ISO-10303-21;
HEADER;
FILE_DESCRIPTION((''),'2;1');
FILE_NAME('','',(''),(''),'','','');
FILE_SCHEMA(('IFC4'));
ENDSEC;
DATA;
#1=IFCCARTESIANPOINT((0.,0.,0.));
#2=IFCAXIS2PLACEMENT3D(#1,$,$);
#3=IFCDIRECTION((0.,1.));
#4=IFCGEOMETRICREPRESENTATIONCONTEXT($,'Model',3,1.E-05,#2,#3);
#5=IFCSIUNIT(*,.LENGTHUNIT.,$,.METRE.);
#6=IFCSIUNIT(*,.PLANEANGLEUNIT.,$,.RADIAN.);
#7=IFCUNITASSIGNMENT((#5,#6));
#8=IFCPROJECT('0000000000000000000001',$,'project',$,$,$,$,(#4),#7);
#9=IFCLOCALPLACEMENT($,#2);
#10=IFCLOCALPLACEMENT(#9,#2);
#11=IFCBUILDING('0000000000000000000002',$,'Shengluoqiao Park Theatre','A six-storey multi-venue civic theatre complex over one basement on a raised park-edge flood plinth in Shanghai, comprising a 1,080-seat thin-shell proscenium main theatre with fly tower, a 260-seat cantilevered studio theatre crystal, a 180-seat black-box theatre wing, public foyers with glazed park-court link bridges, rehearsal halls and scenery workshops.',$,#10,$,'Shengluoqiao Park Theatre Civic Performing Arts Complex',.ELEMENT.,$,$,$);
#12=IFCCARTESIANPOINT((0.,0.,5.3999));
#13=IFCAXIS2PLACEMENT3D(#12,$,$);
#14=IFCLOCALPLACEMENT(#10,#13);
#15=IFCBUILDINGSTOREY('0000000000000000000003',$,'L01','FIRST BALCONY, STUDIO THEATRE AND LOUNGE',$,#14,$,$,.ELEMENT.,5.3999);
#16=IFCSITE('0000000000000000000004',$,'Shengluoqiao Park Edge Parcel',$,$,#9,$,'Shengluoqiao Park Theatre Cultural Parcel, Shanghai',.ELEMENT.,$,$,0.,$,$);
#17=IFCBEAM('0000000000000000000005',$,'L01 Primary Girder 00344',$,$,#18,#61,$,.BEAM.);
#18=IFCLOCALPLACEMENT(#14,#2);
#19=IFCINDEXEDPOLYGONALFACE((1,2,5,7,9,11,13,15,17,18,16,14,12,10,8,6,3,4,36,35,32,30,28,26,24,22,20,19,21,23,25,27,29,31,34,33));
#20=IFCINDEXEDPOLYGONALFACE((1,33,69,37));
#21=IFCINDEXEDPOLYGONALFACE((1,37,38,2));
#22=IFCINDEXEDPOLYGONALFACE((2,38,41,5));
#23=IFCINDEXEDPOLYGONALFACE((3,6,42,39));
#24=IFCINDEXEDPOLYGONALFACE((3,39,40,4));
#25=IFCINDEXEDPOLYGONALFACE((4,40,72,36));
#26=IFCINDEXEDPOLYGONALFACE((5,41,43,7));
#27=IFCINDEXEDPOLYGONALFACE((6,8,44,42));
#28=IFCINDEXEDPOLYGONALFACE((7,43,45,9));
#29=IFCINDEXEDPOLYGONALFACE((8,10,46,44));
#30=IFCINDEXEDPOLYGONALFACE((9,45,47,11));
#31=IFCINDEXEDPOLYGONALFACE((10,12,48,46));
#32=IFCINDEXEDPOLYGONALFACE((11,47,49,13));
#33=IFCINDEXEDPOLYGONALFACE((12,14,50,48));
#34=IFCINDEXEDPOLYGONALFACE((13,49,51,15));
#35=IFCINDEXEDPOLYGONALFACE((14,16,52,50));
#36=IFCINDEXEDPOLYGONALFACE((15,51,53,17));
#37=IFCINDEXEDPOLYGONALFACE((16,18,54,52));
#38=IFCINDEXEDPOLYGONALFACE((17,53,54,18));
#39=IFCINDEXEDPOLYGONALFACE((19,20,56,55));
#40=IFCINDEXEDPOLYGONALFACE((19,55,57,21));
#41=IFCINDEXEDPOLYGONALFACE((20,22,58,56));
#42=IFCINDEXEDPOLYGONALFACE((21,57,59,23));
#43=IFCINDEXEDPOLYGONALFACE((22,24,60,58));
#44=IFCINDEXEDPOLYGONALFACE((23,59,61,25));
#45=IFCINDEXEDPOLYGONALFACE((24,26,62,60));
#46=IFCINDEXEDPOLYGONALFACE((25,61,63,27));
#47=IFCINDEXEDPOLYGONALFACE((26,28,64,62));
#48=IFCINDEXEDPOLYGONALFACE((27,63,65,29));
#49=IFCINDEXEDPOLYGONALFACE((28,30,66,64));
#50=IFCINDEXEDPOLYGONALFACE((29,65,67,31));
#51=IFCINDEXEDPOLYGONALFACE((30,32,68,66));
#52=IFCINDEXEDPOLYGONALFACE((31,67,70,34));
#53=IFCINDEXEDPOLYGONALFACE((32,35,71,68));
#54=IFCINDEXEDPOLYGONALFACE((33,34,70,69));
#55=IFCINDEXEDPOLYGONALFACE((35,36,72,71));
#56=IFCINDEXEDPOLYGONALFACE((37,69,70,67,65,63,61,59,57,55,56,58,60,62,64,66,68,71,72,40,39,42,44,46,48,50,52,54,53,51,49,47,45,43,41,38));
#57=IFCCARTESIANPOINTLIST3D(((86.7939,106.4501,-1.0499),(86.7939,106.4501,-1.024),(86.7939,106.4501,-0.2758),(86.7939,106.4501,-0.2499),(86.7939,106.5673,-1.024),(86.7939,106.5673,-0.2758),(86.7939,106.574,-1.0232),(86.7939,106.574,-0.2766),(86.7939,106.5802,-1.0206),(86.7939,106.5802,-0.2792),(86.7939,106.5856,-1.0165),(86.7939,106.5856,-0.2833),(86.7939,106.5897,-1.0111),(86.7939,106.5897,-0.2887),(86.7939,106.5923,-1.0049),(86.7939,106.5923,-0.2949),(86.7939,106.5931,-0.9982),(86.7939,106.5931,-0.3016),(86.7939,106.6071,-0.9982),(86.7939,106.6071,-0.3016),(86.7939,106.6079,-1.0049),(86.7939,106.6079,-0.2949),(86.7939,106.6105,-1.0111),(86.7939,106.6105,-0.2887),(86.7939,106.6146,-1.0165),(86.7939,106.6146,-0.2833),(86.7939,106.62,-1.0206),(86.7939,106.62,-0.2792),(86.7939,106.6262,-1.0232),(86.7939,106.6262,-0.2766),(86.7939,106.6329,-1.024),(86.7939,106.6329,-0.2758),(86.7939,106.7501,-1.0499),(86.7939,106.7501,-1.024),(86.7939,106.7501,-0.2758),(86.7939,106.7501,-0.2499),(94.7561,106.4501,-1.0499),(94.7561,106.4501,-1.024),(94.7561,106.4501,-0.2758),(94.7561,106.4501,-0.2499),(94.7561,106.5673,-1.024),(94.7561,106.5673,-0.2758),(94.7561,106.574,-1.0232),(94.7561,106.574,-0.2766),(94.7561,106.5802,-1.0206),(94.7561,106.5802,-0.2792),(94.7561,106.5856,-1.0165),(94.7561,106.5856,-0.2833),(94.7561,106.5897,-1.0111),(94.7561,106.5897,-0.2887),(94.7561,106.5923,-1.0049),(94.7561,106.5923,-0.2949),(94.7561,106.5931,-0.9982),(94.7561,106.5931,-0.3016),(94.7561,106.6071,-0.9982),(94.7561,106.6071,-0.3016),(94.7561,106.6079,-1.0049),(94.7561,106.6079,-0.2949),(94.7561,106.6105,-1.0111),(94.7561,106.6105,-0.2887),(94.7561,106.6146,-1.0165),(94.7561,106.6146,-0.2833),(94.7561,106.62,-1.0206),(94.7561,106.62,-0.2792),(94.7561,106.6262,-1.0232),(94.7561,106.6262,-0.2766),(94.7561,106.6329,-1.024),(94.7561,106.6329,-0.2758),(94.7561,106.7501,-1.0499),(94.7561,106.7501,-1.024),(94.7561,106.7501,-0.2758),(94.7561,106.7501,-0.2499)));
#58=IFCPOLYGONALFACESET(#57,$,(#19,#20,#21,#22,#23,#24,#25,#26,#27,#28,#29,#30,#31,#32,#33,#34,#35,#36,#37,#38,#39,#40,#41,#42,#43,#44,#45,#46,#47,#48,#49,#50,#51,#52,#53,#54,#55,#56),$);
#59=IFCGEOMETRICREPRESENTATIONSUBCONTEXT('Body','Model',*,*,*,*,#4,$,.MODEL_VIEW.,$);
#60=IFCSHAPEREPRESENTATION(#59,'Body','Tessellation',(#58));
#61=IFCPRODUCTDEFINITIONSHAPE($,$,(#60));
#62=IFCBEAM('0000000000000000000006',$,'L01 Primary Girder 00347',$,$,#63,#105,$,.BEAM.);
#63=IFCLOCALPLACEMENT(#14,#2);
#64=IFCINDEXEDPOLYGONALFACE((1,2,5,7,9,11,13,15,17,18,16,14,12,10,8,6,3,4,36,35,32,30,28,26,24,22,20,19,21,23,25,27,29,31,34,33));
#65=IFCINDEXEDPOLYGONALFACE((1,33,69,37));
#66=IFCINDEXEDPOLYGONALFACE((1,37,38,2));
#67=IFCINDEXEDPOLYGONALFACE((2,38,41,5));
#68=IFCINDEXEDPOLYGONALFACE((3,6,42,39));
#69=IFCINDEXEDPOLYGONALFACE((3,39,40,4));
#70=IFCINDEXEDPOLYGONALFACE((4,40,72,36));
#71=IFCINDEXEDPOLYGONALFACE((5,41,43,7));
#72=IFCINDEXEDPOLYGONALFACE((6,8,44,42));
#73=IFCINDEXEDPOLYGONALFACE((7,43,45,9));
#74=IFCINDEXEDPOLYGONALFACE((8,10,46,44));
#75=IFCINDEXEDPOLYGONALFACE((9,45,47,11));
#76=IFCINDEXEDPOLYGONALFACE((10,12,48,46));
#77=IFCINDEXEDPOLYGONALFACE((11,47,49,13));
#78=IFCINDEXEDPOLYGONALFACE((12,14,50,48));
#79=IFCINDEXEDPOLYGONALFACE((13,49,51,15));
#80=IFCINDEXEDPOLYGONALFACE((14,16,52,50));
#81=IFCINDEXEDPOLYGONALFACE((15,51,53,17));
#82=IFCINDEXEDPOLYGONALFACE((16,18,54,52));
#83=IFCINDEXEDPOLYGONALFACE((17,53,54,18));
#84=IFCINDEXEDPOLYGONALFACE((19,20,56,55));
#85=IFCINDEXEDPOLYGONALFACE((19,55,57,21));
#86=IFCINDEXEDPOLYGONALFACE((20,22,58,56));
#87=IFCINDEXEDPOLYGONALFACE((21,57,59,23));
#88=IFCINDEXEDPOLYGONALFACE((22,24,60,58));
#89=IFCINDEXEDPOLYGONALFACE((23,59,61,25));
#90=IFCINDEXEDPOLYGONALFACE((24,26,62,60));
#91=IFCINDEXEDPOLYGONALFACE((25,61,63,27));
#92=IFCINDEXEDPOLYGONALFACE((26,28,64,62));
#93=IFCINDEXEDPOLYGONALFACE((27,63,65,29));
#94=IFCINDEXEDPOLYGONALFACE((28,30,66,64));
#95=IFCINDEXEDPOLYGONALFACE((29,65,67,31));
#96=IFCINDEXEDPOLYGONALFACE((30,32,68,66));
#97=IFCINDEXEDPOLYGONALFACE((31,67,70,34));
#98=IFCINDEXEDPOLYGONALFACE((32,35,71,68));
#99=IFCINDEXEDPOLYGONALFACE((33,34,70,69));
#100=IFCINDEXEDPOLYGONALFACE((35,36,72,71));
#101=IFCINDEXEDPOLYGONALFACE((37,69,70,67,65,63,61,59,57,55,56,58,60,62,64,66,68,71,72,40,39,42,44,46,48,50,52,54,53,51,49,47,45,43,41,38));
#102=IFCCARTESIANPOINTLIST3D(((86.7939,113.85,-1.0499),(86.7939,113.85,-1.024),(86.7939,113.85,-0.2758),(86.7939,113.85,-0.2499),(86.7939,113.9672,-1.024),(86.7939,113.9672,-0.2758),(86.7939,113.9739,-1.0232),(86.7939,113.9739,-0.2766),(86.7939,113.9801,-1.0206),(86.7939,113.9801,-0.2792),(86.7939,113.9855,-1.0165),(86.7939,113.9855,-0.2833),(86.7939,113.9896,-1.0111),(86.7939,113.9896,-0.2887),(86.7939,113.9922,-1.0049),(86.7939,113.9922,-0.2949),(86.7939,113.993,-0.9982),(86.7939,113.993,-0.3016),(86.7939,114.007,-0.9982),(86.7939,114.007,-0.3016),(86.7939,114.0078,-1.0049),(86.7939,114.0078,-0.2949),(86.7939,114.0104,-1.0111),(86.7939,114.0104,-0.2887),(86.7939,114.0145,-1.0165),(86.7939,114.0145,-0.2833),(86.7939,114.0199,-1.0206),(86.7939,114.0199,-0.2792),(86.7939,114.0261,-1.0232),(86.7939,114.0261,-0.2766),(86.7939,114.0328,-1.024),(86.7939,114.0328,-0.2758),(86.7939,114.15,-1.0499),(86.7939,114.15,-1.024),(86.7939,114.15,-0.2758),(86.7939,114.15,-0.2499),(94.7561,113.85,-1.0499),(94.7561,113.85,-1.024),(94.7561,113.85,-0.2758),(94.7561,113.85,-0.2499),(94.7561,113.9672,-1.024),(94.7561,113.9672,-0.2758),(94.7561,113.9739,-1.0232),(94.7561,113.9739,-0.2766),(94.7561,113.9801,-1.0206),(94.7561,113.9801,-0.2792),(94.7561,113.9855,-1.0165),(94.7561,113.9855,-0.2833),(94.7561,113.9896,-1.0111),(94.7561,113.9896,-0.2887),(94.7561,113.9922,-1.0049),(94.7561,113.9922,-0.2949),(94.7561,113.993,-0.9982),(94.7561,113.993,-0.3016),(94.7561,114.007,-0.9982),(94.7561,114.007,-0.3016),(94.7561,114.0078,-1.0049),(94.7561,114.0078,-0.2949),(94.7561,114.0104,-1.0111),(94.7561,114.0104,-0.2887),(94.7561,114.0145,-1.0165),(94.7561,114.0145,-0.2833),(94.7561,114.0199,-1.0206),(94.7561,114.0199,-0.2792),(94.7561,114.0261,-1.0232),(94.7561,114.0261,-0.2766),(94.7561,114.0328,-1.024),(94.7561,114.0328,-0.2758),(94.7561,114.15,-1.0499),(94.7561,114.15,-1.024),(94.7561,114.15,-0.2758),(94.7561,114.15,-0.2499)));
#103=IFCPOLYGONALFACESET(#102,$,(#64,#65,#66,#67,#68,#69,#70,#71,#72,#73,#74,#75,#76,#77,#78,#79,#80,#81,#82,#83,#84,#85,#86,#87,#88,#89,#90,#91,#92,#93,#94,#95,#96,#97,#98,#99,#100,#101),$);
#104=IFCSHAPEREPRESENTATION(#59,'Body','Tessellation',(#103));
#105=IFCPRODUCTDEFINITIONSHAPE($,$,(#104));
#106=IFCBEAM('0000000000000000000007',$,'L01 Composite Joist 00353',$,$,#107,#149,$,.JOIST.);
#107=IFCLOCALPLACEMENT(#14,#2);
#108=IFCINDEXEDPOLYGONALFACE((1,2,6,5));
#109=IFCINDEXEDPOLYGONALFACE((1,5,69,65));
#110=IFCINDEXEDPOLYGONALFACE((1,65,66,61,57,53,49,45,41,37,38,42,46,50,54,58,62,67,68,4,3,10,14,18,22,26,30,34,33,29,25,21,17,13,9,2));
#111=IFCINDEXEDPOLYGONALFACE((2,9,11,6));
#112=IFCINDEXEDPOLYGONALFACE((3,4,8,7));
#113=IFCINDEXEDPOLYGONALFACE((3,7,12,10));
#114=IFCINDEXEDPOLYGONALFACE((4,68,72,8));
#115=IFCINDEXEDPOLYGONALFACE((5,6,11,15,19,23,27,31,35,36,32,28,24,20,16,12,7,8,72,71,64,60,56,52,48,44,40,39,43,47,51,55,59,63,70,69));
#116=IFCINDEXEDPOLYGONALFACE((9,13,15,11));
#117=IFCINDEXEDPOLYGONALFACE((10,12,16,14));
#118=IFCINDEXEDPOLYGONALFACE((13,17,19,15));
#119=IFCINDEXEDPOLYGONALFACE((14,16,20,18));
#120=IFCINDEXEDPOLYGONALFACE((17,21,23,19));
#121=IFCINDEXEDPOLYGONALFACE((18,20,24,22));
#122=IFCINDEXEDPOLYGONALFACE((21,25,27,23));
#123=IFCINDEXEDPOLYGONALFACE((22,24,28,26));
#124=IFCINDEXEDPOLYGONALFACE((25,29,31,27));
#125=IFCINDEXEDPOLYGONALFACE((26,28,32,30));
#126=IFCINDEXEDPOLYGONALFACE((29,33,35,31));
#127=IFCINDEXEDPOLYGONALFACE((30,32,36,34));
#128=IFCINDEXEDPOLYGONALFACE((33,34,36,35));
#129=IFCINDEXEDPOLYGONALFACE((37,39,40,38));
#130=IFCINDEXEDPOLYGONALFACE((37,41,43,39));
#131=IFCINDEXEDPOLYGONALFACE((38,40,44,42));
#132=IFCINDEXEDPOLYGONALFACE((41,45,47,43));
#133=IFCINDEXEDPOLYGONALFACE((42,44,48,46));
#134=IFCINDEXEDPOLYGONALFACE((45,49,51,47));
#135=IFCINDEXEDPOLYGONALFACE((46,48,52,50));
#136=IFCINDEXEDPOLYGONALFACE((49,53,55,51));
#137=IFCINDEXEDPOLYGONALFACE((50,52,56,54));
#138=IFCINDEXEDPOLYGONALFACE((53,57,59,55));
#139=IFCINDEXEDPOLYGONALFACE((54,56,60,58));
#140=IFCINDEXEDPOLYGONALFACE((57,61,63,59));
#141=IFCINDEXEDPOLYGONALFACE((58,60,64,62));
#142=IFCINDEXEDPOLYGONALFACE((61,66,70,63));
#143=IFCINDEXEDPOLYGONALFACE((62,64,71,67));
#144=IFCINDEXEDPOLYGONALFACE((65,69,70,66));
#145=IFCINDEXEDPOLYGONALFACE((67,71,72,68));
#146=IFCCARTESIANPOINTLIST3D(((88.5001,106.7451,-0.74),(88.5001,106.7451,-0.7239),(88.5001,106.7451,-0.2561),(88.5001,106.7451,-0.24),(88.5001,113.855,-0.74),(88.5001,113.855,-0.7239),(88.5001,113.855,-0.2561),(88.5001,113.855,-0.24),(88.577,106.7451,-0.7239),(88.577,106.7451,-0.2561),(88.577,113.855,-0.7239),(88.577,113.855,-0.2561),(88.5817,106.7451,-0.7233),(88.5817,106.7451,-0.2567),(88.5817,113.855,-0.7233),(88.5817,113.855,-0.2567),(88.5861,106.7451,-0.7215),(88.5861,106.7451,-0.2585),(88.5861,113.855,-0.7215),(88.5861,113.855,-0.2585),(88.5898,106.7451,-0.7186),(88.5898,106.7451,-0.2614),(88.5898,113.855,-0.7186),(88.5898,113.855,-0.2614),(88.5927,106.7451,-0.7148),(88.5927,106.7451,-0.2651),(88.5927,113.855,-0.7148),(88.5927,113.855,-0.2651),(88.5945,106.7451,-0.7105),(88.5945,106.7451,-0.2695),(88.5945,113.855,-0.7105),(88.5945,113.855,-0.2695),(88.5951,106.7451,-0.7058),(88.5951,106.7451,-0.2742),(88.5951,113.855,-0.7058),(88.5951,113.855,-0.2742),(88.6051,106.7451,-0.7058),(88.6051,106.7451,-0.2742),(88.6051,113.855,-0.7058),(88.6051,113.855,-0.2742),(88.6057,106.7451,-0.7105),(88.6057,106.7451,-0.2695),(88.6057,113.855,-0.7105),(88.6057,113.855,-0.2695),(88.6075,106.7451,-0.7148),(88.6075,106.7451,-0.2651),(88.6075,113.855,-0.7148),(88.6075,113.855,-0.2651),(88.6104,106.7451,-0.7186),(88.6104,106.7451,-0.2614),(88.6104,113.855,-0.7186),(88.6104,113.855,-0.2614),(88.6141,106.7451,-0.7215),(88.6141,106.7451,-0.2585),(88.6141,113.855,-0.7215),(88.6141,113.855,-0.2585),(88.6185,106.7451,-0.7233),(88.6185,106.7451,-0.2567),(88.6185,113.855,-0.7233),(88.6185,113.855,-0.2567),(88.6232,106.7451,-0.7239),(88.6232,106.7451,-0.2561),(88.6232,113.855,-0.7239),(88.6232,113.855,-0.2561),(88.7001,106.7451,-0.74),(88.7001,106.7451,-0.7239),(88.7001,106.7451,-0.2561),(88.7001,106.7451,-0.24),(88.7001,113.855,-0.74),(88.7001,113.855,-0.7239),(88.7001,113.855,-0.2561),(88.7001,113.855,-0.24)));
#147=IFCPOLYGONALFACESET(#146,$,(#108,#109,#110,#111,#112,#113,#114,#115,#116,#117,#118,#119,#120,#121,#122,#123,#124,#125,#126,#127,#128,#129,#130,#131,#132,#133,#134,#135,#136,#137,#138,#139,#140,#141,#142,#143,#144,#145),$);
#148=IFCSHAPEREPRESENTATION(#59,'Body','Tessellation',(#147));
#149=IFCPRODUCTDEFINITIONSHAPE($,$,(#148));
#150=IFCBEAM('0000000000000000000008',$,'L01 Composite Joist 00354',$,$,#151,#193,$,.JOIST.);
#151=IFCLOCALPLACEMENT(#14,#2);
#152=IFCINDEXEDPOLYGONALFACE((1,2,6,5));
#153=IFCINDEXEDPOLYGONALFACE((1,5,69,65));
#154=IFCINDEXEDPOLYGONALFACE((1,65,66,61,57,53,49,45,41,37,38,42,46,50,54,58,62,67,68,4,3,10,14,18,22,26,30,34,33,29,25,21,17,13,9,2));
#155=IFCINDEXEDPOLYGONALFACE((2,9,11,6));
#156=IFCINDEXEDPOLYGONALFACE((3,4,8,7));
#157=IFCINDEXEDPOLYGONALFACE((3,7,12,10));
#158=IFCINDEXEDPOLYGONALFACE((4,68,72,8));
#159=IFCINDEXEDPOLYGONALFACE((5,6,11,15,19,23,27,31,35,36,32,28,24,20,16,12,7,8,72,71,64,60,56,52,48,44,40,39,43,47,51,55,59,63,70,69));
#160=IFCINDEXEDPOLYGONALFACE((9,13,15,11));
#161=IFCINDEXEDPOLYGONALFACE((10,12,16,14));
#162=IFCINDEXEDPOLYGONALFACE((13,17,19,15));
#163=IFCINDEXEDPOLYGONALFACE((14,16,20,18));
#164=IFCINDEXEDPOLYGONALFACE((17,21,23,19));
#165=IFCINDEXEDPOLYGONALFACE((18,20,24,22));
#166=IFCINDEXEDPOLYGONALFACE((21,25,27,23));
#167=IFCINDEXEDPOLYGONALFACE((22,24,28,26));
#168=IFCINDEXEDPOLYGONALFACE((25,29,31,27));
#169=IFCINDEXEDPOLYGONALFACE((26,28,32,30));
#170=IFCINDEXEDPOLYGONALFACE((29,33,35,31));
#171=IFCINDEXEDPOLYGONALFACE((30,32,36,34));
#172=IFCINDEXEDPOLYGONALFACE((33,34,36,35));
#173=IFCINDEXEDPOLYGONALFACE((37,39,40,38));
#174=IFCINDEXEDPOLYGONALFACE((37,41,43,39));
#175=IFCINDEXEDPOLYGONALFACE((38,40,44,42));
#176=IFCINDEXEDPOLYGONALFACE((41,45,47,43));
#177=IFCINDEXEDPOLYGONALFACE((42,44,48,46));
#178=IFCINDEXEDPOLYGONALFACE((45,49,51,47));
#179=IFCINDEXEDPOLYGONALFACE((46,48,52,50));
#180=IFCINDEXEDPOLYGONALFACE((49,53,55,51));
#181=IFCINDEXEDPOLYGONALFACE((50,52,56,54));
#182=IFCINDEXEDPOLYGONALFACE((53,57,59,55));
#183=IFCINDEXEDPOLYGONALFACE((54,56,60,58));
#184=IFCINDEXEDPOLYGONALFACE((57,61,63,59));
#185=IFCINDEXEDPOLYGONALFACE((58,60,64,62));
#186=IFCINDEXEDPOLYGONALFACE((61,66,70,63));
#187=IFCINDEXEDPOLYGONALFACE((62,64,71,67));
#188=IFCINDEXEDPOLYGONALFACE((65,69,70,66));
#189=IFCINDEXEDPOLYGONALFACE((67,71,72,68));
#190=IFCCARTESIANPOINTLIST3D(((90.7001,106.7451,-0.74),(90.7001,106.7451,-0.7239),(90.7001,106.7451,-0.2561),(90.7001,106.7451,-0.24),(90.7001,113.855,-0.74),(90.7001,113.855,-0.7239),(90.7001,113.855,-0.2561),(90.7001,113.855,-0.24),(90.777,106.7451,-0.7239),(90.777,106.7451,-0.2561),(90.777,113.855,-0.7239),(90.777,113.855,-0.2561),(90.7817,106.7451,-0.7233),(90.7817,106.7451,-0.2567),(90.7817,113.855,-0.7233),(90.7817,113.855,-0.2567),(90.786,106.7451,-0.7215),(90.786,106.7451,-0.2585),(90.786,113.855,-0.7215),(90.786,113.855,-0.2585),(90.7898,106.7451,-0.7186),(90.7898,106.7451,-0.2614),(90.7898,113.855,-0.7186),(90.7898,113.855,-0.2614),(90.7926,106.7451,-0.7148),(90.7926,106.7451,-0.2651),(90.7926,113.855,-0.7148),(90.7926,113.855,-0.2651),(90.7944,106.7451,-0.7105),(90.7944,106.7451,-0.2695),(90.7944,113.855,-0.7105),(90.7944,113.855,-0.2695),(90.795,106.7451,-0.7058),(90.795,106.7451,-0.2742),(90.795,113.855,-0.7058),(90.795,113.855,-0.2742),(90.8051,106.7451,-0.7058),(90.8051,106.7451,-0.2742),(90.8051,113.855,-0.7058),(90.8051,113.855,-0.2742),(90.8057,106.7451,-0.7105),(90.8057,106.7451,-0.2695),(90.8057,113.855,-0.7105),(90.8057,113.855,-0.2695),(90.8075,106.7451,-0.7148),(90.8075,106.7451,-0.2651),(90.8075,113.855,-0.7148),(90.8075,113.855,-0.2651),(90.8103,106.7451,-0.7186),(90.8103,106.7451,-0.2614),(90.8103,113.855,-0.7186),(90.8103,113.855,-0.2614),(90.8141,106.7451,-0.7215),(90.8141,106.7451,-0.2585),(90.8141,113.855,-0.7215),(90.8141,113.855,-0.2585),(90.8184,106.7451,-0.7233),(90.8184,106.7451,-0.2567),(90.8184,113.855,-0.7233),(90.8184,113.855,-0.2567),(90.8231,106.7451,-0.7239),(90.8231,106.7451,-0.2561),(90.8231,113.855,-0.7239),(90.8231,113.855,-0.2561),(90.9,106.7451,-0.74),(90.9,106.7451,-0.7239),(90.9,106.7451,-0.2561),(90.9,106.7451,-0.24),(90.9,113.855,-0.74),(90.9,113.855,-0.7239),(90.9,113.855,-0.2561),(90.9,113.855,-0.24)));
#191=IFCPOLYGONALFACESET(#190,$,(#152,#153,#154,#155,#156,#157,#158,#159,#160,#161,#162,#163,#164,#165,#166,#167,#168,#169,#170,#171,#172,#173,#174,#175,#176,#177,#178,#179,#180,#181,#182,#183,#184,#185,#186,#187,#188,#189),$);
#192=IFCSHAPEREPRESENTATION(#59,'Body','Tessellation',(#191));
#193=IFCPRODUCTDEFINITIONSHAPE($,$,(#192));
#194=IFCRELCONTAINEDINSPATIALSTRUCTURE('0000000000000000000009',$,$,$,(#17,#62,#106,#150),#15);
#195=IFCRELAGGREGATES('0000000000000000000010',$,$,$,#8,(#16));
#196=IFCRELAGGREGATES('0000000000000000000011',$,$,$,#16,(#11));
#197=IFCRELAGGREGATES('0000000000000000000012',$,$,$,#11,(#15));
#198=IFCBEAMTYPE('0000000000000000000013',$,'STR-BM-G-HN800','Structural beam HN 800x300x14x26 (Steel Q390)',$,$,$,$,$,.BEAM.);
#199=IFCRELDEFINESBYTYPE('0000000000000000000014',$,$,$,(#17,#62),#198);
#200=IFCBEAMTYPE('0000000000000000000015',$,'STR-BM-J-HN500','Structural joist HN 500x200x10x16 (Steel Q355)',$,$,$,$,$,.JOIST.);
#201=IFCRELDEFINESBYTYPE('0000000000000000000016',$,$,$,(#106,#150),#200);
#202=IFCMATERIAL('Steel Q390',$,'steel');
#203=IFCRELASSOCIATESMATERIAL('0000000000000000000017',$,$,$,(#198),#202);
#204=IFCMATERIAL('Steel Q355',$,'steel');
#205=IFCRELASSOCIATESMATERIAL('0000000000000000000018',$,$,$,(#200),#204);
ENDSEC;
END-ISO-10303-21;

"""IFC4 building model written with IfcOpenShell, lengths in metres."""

from ifc_helpers import new_model, si_unit, direction, frame, origin, origin_2d, place, context, subcontext, project, spatial, i_section, extrude, material, material_profile, profile_set, type_object, element, save


model = new_model("IFC4")

# Units and contexts
model_context = context("Model", 3, precision=1e-05, world=origin(), true_north=direction((0.0, 1.0)))
body_context = subcontext(model_context, "Body", "Model", "MODEL_VIEW")
ifc_project = project(units=[si_unit("LENGTHUNIT", "METRE"), si_unit("PLANEANGLEUNIT", "RADIAN")], contexts=[model_context])

# Site, building, storey
site_placement = place(None, origin())
site = spatial("IfcSite", under=ifc_project, at=site_placement, Name="Shengluoqiao Park Edge Parcel", LongName="Shengluoqiao Park Theatre Cultural Parcel, Shanghai", CompositionType="ELEMENT", RefElevation=0.0)
building_placement = place(site_placement, origin())
building = spatial("IfcBuilding", under=site, at=building_placement, Name="Shengluoqiao Park Theatre", Description="A six-storey multi-venue civic theatre complex over one basement on a raised park-edge flood plinth in Shanghai, comprising a 1,080-seat thin-shell proscenium main theatre with fly tower, a 260-seat cantilevered studio theatre crystal, a 180-seat black-box theatre wing, public foyers with glazed park-court link bridges, rehearsal halls and scenery workshops.", LongName="Shengluoqiao Park Theatre Civic Performing Arts Complex", CompositionType="ELEMENT")
storey_placement = place(building_placement, frame((0.0, 0.0, 5.3999)))
storey = spatial("IfcBuildingStorey", under=building, at=storey_placement, Name="L01", Description="FIRST BALCONY, STUDIO THEATRE AND LOUNGE", CompositionType="ELEMENT", Elevation=5.3999)

# Beams
ifc_material_1 = material(Name="Steel Q355", Category="steel")
ifc_material_2 = material(Name="Steel Q390", Category="steel")
ifc_material_profile_1 = material_profile(ifc_material_2, i_section(OverallWidth=0.3, OverallDepth=0.8, WebThickness=0.0139, FlangeThickness=0.0259, FilletRadius=0.0259, at=origin_2d()), Name="HN 800x300x14x26")
ifc_profile_set_1 = profile_set([ifc_material_profile_1], Name="Steel Q390")
beam_type_1 = type_object("IfcBeamType", Name="STR-BM-G-HN800", Description="Structural beam HN 800x300x14x26 (Steel Q390)", PredefinedType="BEAM", material=ifc_profile_set_1)
for number, where, z_axis, x_axis, name in (
    (1, (86.7939, 106.6001, -0.6499), (1.0, 0.0, 0.0), (0.0, 1.0, 0.0), "L01 Primary Girder 00344"),
    (2, (86.7939, 114.0, -0.6499), (1.0, 0.0, 0.0), (0.0, 1.0, 0.0), "L01 Primary Girder 00347"),
):
    element("IfcBeam", number, at=place(storey_placement, frame(where, z_axis=z_axis, x_axis=x_axis)), inside=storey, type_object=beam_type_1, Name=name, PredefinedType="BEAM", context=body_context, shape_type="SweptSolid", body=[
        extrude(i_section(OverallWidth=0.3, OverallDepth=0.8, WebThickness=0.0139, FlangeThickness=0.0259, FilletRadius=0.0259, at=origin_2d()), origin(), (0.0, 0.0, 1.0), 7.9622),
    ])
ifc_material_profile_2 = material_profile(ifc_material_1, i_section(OverallWidth=0.2, OverallDepth=0.5, WebThickness=0.01, FlangeThickness=0.0161, FilletRadius=0.0181, at=origin_2d()), Name="HN 500x200x10x16")
ifc_profile_set_2 = profile_set([ifc_material_profile_2], Name="Steel Q355")
beam_type_2 = type_object("IfcBeamType", Name="STR-BM-J-HN500", Description="Structural joist HN 500x200x10x16 (Steel Q355)", PredefinedType="JOIST", material=ifc_profile_set_2)
for number, where, z_axis, x_axis, name in (
    (3, (88.6001, 106.7451, -0.49), (0.0, 1.0, 0.0), (-1.0, 0.0, 0.0), "L01 Composite Joist 00353"),
    (4, (90.8, 106.7451, -0.49), (0.0, 1.0, 0.0), (-1.0, 0.0, 0.0), "L01 Composite Joist 00354"),
):
    element("IfcBeam", number, at=place(storey_placement, frame(where, z_axis=z_axis, x_axis=x_axis)), inside=storey, type_object=beam_type_2, Name=name, PredefinedType="JOIST", context=body_context, shape_type="SweptSolid", body=[
        extrude(i_section(OverallWidth=0.2, OverallDepth=0.5, WebThickness=0.01, FlangeThickness=0.0161, FilletRadius=0.0181, at=origin_2d()), origin(), (0.0, 0.0, 1.0), 7.1099),
    ])

save(model, "model.ifc")
